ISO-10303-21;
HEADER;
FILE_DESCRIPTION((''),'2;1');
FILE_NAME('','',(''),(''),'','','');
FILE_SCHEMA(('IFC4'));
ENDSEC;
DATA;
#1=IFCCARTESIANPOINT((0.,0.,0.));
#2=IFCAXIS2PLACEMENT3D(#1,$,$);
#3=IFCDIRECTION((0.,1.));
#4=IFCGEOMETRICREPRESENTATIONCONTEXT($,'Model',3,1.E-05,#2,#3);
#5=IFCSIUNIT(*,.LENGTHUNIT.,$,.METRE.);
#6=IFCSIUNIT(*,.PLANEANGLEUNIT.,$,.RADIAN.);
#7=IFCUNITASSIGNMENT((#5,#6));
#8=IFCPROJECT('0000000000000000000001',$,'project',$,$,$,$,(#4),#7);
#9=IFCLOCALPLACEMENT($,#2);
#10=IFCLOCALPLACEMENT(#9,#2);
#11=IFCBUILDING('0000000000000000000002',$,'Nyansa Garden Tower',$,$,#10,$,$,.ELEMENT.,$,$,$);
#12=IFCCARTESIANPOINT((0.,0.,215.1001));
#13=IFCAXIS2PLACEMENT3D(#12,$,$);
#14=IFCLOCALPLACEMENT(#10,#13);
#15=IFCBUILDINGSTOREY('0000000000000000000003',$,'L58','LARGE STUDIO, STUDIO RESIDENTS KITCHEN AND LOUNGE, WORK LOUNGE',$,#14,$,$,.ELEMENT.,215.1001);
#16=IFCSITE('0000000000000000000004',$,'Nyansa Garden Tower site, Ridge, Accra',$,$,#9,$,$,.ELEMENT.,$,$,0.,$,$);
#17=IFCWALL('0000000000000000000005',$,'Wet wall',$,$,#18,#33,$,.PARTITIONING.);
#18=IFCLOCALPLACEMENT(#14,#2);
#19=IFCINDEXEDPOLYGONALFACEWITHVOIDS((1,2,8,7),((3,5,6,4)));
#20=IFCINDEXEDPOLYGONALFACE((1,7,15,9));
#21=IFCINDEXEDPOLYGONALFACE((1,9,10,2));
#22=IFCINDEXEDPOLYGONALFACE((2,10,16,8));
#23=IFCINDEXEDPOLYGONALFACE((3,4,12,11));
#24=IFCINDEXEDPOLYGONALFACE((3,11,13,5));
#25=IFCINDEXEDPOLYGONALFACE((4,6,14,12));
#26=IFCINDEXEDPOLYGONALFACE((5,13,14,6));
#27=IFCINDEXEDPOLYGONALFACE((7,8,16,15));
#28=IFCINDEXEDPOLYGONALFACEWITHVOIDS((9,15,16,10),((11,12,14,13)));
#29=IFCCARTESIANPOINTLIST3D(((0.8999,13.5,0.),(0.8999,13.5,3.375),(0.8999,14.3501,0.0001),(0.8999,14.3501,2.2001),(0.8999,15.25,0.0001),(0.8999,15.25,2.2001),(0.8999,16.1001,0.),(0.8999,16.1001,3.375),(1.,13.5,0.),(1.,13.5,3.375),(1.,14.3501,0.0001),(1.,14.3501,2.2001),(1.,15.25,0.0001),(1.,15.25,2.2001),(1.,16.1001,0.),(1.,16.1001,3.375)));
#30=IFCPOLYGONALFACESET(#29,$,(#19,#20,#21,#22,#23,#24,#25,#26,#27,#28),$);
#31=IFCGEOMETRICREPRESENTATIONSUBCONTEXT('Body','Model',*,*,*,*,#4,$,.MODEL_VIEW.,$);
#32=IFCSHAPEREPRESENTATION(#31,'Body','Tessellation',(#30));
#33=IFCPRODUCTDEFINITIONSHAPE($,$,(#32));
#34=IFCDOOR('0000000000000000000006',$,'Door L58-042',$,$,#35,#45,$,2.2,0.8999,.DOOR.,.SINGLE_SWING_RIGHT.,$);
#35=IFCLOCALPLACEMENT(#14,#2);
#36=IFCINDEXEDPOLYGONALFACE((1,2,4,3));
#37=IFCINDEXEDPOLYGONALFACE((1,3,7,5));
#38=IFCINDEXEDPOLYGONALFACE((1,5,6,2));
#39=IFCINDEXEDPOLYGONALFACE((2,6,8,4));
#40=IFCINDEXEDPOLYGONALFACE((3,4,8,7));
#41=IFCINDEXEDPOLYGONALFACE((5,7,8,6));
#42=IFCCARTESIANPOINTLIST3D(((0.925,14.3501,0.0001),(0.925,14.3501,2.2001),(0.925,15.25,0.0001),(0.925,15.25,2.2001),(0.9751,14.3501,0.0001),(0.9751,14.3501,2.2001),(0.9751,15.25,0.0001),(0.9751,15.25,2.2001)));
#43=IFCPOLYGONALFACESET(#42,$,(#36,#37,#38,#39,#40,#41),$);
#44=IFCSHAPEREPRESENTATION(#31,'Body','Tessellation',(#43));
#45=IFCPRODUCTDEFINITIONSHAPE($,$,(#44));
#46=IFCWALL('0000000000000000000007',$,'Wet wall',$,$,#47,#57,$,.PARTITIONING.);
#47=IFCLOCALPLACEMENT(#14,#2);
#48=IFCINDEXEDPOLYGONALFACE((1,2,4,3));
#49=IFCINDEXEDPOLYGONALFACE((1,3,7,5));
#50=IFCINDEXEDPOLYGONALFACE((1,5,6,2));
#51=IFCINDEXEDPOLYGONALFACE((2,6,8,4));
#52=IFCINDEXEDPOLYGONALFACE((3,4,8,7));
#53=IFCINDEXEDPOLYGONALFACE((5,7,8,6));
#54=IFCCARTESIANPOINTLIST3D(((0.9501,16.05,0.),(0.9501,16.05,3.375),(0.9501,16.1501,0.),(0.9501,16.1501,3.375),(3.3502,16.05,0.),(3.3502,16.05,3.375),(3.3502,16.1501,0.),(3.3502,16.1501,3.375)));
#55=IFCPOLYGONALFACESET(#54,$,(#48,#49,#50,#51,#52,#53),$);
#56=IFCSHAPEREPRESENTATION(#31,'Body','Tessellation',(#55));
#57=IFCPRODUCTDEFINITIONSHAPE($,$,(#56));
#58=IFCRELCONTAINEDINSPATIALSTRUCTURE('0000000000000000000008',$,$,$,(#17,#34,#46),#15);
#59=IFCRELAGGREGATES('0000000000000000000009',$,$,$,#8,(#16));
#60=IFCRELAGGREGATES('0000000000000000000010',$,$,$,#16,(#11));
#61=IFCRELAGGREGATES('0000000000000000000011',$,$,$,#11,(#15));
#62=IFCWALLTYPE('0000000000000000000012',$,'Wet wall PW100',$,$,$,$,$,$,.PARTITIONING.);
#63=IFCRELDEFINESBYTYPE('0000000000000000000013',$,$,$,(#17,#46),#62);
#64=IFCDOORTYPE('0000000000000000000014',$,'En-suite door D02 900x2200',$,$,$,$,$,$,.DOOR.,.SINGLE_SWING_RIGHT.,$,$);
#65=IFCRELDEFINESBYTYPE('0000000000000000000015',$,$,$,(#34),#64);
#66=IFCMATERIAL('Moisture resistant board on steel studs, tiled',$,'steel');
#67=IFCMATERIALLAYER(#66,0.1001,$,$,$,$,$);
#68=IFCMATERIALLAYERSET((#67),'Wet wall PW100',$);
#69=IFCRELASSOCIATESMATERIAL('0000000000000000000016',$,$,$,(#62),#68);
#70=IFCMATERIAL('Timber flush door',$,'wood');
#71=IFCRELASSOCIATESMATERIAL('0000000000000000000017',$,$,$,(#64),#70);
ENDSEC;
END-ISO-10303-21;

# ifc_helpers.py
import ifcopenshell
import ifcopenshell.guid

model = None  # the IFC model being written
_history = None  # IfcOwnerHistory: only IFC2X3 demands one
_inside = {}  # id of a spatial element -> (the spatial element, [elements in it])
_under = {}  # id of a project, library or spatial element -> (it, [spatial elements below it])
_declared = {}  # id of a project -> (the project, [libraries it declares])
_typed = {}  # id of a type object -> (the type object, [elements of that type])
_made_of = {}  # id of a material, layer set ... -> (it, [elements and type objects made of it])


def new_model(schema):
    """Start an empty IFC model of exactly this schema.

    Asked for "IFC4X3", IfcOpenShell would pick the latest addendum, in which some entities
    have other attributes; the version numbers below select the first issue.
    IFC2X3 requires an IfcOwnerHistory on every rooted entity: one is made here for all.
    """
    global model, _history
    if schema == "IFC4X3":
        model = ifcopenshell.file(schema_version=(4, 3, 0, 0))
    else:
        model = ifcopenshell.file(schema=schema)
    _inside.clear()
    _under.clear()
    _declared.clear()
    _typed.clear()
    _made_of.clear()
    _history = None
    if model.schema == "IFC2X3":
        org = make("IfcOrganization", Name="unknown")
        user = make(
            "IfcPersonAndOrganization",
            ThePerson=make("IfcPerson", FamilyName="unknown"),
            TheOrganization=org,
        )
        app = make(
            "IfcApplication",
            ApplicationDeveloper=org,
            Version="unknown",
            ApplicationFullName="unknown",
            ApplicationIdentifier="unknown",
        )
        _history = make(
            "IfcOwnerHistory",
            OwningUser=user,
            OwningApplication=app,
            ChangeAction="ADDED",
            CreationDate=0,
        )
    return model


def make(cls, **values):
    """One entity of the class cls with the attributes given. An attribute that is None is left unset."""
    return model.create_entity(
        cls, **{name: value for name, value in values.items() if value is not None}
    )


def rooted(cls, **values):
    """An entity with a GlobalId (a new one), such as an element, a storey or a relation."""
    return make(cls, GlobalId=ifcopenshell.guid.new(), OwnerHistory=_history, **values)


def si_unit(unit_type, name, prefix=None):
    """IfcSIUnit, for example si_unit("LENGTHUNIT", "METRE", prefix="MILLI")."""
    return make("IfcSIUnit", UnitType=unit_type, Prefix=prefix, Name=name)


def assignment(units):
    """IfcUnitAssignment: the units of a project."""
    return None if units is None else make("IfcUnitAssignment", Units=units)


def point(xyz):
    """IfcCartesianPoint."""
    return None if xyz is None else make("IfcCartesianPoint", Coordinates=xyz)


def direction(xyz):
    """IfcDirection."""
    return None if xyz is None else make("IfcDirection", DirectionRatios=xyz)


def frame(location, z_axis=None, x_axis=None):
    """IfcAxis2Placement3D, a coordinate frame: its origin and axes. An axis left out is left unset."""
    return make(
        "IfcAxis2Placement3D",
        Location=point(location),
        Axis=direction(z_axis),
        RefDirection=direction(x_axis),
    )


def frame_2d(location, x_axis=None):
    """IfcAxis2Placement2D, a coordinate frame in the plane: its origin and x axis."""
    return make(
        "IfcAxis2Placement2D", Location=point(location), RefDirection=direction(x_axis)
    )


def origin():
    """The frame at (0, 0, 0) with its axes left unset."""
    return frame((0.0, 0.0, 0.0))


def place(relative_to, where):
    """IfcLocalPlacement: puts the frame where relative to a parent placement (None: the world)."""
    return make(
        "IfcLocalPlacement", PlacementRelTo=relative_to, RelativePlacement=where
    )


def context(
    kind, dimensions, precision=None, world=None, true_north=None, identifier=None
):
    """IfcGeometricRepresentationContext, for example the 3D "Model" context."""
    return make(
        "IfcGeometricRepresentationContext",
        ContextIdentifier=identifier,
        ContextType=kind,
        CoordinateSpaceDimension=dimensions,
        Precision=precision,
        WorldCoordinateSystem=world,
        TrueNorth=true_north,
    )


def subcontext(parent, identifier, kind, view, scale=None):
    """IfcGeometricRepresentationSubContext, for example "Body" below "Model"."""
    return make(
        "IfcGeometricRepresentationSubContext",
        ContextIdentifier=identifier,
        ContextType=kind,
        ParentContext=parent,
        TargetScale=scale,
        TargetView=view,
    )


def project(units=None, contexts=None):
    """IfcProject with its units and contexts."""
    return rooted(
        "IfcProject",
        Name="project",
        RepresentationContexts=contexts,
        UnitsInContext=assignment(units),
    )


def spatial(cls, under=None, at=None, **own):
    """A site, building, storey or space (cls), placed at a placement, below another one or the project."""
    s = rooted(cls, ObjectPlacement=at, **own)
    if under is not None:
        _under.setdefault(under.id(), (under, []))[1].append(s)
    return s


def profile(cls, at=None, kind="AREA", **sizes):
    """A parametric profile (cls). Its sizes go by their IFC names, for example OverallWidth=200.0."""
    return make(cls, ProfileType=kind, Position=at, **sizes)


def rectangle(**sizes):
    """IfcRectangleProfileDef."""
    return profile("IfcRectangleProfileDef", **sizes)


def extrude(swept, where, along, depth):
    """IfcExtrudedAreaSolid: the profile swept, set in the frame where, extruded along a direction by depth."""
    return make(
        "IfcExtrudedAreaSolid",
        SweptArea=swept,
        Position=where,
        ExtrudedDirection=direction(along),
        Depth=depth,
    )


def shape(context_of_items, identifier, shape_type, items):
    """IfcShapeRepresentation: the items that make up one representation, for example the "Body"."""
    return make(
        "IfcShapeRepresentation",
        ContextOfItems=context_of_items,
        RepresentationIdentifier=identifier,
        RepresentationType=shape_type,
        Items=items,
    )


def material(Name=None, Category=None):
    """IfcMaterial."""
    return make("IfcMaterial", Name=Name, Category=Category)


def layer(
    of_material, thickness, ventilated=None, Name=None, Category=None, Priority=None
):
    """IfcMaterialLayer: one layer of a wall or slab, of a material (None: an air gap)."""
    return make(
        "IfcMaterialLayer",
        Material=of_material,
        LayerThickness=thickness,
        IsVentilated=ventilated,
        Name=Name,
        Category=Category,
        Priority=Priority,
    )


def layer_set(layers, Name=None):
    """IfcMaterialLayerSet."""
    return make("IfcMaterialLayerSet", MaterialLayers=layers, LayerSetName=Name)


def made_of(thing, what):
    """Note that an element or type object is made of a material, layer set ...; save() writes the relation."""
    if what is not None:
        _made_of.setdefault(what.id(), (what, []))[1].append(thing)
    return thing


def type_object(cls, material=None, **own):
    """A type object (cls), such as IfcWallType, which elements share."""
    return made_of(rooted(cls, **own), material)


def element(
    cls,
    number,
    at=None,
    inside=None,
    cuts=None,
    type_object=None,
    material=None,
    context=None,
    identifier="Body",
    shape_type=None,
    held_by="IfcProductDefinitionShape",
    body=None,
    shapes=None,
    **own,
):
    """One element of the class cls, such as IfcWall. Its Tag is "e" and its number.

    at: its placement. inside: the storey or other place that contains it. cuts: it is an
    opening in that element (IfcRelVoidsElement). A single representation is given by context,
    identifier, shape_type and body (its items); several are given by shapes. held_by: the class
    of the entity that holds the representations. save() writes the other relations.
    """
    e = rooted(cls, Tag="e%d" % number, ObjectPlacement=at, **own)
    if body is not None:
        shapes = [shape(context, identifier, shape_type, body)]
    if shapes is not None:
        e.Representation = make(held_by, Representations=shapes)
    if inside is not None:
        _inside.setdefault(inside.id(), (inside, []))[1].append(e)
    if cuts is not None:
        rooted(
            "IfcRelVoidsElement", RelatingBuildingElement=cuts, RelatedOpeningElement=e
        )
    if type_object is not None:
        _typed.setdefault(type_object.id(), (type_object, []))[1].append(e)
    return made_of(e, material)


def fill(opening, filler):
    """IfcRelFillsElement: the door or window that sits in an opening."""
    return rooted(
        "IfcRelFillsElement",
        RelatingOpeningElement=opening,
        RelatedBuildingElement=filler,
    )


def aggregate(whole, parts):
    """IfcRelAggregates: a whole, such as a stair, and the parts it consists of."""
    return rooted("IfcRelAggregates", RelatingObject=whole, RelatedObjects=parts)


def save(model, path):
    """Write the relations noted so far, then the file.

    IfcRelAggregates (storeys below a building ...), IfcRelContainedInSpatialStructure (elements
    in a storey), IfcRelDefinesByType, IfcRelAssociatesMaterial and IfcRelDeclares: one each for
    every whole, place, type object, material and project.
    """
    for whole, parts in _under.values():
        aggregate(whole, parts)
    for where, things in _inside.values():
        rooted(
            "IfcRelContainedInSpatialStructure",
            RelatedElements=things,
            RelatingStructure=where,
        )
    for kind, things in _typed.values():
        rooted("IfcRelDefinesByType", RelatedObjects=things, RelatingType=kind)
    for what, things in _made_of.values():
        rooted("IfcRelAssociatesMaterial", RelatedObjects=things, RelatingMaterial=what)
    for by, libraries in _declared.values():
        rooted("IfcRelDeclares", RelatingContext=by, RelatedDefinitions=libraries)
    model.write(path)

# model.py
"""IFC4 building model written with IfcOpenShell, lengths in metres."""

from ifc_helpers import new_model, si_unit, direction, frame, frame_2d, origin, place, context, subcontext, project, spatial, rectangle, extrude, material, layer, layer_set, type_object, element, fill, save


model = new_model("IFC4")

# Units and contexts
model_context = context("Model", 3, precision=1e-05, world=origin(), true_north=direction((0.0, 1.0)))
body_context = subcontext(model_context, "Body", "Model", "MODEL_VIEW")
ifc_project = project(units=[si_unit("LENGTHUNIT", "METRE"), si_unit("PLANEANGLEUNIT", "RADIAN")], contexts=[model_context])

# Site, building, storey
site_placement = place(None, origin())
site = spatial("IfcSite", under=ifc_project, at=site_placement, Name="Nyansa Garden Tower site, Ridge, Accra", CompositionType="ELEMENT", RefElevation=0.0)
building_placement = place(site_placement, origin())
building = spatial("IfcBuilding", under=site, at=building_placement, Name="Nyansa Garden Tower", CompositionType="ELEMENT")
storey_placement = place(building_placement, frame((0.0, 0.0, 215.1001)))
storey = spatial("IfcBuildingStorey", under=building, at=storey_placement, Name="L58", Description="LARGE STUDIO, STUDIO RESIDENTS KITCHEN AND LOUNGE, WORK LOUNGE", CompositionType="ELEMENT", Elevation=215.1001)

# Shared definitions
ifc_material_1 = material(Name="Moisture resistant board on steel studs, tiled", Category="steel")
ifc_layer_1 = layer(ifc_material_1, 0.1001)
ifc_layer_set_1 = layer_set([ifc_layer_1], Name="Wet wall PW100")
wall_type_1 = type_object("IfcWallType", Name="Wet wall PW100", PredefinedType="PARTITIONING", material=ifc_layer_set_1)

# Wall, opening, door
wall_1_placement = place(storey_placement, frame((0.95, 13.5, 0.0), z_axis=(0.0, 0.0, 1.0), x_axis=(0.0, 1.0, 0.0)))
wall_1 = element("IfcWall", 1, at=wall_1_placement, inside=storey, type_object=wall_type_1, Name="Wet wall", PredefinedType="PARTITIONING", context=body_context, shape_type="SweptSolid", body=[
    extrude(rectangle(XDim=2.6001, YDim=0.1001, at=frame_2d((1.3, 0.0))), origin(), (0.0, 0.0, 1.0), 3.375),
])
opening_1_placement = place(wall_1_placement, frame((0.8501, 0.0, 0.0)))
opening_1 = element("IfcOpeningElement", 2, at=opening_1_placement, cuts=wall_1, PredefinedType="OPENING", context=body_context, shape_type="SweptSolid", body=[
    extrude(rectangle(XDim=0.8999, YDim=2.2, at=frame_2d((0.45, 1.1001))), frame((0.0, 0.0601, 0.0), z_axis=(0.0, -1.0, 0.0), x_axis=(1.0, 0.0, 0.0)), (0.0, 0.0, 1.0), 0.1201),
])
ifc_material_2 = material(Name="Timber flush door", Category="wood")
door_type_1 = type_object("IfcDoorType", Name="En-suite door D02 900x2200", OperationType="SINGLE_SWING_RIGHT", PredefinedType="DOOR", material=ifc_material_2)
door_1_placement = place(opening_1_placement, origin())
door_1 = element("IfcDoor", 3, at=door_1_placement, inside=storey, type_object=door_type_1, Name="Door L58-042", OperationType="SINGLE_SWING_RIGHT", OverallHeight=2.2, OverallWidth=0.8999, PredefinedType="DOOR", context=body_context, shape_type="SweptSolid", body=[
    extrude(rectangle(XDim=0.8999, YDim=2.2, at=frame_2d((0.45, 1.1001))), frame((0.0, 0.0249, 0.0), z_axis=(0.0, -1.0, 0.0), x_axis=(1.0, 0.0, 0.0)), (0.0, 0.0, 1.0), 0.05),
])
fill(opening_1, door_1)

# Wall
wall_2_placement = place(storey_placement, frame((0.95, 16.1001, 0.0), z_axis=(0.0, 0.0, 1.0), x_axis=(1.0, 0.0, 0.0)))
element("IfcWall", 4, at=wall_2_placement, inside=storey, type_object=wall_type_1, Name="Wet wall", PredefinedType="PARTITIONING", context=body_context, shape_type="SweptSolid", body=[
    extrude(rectangle(XDim=2.4001, YDim=0.1001, at=frame_2d((1.2002, 0.0))), origin(), (0.0, 0.0, 1.0), 3.375),
])

save(model, "model.ifc")
